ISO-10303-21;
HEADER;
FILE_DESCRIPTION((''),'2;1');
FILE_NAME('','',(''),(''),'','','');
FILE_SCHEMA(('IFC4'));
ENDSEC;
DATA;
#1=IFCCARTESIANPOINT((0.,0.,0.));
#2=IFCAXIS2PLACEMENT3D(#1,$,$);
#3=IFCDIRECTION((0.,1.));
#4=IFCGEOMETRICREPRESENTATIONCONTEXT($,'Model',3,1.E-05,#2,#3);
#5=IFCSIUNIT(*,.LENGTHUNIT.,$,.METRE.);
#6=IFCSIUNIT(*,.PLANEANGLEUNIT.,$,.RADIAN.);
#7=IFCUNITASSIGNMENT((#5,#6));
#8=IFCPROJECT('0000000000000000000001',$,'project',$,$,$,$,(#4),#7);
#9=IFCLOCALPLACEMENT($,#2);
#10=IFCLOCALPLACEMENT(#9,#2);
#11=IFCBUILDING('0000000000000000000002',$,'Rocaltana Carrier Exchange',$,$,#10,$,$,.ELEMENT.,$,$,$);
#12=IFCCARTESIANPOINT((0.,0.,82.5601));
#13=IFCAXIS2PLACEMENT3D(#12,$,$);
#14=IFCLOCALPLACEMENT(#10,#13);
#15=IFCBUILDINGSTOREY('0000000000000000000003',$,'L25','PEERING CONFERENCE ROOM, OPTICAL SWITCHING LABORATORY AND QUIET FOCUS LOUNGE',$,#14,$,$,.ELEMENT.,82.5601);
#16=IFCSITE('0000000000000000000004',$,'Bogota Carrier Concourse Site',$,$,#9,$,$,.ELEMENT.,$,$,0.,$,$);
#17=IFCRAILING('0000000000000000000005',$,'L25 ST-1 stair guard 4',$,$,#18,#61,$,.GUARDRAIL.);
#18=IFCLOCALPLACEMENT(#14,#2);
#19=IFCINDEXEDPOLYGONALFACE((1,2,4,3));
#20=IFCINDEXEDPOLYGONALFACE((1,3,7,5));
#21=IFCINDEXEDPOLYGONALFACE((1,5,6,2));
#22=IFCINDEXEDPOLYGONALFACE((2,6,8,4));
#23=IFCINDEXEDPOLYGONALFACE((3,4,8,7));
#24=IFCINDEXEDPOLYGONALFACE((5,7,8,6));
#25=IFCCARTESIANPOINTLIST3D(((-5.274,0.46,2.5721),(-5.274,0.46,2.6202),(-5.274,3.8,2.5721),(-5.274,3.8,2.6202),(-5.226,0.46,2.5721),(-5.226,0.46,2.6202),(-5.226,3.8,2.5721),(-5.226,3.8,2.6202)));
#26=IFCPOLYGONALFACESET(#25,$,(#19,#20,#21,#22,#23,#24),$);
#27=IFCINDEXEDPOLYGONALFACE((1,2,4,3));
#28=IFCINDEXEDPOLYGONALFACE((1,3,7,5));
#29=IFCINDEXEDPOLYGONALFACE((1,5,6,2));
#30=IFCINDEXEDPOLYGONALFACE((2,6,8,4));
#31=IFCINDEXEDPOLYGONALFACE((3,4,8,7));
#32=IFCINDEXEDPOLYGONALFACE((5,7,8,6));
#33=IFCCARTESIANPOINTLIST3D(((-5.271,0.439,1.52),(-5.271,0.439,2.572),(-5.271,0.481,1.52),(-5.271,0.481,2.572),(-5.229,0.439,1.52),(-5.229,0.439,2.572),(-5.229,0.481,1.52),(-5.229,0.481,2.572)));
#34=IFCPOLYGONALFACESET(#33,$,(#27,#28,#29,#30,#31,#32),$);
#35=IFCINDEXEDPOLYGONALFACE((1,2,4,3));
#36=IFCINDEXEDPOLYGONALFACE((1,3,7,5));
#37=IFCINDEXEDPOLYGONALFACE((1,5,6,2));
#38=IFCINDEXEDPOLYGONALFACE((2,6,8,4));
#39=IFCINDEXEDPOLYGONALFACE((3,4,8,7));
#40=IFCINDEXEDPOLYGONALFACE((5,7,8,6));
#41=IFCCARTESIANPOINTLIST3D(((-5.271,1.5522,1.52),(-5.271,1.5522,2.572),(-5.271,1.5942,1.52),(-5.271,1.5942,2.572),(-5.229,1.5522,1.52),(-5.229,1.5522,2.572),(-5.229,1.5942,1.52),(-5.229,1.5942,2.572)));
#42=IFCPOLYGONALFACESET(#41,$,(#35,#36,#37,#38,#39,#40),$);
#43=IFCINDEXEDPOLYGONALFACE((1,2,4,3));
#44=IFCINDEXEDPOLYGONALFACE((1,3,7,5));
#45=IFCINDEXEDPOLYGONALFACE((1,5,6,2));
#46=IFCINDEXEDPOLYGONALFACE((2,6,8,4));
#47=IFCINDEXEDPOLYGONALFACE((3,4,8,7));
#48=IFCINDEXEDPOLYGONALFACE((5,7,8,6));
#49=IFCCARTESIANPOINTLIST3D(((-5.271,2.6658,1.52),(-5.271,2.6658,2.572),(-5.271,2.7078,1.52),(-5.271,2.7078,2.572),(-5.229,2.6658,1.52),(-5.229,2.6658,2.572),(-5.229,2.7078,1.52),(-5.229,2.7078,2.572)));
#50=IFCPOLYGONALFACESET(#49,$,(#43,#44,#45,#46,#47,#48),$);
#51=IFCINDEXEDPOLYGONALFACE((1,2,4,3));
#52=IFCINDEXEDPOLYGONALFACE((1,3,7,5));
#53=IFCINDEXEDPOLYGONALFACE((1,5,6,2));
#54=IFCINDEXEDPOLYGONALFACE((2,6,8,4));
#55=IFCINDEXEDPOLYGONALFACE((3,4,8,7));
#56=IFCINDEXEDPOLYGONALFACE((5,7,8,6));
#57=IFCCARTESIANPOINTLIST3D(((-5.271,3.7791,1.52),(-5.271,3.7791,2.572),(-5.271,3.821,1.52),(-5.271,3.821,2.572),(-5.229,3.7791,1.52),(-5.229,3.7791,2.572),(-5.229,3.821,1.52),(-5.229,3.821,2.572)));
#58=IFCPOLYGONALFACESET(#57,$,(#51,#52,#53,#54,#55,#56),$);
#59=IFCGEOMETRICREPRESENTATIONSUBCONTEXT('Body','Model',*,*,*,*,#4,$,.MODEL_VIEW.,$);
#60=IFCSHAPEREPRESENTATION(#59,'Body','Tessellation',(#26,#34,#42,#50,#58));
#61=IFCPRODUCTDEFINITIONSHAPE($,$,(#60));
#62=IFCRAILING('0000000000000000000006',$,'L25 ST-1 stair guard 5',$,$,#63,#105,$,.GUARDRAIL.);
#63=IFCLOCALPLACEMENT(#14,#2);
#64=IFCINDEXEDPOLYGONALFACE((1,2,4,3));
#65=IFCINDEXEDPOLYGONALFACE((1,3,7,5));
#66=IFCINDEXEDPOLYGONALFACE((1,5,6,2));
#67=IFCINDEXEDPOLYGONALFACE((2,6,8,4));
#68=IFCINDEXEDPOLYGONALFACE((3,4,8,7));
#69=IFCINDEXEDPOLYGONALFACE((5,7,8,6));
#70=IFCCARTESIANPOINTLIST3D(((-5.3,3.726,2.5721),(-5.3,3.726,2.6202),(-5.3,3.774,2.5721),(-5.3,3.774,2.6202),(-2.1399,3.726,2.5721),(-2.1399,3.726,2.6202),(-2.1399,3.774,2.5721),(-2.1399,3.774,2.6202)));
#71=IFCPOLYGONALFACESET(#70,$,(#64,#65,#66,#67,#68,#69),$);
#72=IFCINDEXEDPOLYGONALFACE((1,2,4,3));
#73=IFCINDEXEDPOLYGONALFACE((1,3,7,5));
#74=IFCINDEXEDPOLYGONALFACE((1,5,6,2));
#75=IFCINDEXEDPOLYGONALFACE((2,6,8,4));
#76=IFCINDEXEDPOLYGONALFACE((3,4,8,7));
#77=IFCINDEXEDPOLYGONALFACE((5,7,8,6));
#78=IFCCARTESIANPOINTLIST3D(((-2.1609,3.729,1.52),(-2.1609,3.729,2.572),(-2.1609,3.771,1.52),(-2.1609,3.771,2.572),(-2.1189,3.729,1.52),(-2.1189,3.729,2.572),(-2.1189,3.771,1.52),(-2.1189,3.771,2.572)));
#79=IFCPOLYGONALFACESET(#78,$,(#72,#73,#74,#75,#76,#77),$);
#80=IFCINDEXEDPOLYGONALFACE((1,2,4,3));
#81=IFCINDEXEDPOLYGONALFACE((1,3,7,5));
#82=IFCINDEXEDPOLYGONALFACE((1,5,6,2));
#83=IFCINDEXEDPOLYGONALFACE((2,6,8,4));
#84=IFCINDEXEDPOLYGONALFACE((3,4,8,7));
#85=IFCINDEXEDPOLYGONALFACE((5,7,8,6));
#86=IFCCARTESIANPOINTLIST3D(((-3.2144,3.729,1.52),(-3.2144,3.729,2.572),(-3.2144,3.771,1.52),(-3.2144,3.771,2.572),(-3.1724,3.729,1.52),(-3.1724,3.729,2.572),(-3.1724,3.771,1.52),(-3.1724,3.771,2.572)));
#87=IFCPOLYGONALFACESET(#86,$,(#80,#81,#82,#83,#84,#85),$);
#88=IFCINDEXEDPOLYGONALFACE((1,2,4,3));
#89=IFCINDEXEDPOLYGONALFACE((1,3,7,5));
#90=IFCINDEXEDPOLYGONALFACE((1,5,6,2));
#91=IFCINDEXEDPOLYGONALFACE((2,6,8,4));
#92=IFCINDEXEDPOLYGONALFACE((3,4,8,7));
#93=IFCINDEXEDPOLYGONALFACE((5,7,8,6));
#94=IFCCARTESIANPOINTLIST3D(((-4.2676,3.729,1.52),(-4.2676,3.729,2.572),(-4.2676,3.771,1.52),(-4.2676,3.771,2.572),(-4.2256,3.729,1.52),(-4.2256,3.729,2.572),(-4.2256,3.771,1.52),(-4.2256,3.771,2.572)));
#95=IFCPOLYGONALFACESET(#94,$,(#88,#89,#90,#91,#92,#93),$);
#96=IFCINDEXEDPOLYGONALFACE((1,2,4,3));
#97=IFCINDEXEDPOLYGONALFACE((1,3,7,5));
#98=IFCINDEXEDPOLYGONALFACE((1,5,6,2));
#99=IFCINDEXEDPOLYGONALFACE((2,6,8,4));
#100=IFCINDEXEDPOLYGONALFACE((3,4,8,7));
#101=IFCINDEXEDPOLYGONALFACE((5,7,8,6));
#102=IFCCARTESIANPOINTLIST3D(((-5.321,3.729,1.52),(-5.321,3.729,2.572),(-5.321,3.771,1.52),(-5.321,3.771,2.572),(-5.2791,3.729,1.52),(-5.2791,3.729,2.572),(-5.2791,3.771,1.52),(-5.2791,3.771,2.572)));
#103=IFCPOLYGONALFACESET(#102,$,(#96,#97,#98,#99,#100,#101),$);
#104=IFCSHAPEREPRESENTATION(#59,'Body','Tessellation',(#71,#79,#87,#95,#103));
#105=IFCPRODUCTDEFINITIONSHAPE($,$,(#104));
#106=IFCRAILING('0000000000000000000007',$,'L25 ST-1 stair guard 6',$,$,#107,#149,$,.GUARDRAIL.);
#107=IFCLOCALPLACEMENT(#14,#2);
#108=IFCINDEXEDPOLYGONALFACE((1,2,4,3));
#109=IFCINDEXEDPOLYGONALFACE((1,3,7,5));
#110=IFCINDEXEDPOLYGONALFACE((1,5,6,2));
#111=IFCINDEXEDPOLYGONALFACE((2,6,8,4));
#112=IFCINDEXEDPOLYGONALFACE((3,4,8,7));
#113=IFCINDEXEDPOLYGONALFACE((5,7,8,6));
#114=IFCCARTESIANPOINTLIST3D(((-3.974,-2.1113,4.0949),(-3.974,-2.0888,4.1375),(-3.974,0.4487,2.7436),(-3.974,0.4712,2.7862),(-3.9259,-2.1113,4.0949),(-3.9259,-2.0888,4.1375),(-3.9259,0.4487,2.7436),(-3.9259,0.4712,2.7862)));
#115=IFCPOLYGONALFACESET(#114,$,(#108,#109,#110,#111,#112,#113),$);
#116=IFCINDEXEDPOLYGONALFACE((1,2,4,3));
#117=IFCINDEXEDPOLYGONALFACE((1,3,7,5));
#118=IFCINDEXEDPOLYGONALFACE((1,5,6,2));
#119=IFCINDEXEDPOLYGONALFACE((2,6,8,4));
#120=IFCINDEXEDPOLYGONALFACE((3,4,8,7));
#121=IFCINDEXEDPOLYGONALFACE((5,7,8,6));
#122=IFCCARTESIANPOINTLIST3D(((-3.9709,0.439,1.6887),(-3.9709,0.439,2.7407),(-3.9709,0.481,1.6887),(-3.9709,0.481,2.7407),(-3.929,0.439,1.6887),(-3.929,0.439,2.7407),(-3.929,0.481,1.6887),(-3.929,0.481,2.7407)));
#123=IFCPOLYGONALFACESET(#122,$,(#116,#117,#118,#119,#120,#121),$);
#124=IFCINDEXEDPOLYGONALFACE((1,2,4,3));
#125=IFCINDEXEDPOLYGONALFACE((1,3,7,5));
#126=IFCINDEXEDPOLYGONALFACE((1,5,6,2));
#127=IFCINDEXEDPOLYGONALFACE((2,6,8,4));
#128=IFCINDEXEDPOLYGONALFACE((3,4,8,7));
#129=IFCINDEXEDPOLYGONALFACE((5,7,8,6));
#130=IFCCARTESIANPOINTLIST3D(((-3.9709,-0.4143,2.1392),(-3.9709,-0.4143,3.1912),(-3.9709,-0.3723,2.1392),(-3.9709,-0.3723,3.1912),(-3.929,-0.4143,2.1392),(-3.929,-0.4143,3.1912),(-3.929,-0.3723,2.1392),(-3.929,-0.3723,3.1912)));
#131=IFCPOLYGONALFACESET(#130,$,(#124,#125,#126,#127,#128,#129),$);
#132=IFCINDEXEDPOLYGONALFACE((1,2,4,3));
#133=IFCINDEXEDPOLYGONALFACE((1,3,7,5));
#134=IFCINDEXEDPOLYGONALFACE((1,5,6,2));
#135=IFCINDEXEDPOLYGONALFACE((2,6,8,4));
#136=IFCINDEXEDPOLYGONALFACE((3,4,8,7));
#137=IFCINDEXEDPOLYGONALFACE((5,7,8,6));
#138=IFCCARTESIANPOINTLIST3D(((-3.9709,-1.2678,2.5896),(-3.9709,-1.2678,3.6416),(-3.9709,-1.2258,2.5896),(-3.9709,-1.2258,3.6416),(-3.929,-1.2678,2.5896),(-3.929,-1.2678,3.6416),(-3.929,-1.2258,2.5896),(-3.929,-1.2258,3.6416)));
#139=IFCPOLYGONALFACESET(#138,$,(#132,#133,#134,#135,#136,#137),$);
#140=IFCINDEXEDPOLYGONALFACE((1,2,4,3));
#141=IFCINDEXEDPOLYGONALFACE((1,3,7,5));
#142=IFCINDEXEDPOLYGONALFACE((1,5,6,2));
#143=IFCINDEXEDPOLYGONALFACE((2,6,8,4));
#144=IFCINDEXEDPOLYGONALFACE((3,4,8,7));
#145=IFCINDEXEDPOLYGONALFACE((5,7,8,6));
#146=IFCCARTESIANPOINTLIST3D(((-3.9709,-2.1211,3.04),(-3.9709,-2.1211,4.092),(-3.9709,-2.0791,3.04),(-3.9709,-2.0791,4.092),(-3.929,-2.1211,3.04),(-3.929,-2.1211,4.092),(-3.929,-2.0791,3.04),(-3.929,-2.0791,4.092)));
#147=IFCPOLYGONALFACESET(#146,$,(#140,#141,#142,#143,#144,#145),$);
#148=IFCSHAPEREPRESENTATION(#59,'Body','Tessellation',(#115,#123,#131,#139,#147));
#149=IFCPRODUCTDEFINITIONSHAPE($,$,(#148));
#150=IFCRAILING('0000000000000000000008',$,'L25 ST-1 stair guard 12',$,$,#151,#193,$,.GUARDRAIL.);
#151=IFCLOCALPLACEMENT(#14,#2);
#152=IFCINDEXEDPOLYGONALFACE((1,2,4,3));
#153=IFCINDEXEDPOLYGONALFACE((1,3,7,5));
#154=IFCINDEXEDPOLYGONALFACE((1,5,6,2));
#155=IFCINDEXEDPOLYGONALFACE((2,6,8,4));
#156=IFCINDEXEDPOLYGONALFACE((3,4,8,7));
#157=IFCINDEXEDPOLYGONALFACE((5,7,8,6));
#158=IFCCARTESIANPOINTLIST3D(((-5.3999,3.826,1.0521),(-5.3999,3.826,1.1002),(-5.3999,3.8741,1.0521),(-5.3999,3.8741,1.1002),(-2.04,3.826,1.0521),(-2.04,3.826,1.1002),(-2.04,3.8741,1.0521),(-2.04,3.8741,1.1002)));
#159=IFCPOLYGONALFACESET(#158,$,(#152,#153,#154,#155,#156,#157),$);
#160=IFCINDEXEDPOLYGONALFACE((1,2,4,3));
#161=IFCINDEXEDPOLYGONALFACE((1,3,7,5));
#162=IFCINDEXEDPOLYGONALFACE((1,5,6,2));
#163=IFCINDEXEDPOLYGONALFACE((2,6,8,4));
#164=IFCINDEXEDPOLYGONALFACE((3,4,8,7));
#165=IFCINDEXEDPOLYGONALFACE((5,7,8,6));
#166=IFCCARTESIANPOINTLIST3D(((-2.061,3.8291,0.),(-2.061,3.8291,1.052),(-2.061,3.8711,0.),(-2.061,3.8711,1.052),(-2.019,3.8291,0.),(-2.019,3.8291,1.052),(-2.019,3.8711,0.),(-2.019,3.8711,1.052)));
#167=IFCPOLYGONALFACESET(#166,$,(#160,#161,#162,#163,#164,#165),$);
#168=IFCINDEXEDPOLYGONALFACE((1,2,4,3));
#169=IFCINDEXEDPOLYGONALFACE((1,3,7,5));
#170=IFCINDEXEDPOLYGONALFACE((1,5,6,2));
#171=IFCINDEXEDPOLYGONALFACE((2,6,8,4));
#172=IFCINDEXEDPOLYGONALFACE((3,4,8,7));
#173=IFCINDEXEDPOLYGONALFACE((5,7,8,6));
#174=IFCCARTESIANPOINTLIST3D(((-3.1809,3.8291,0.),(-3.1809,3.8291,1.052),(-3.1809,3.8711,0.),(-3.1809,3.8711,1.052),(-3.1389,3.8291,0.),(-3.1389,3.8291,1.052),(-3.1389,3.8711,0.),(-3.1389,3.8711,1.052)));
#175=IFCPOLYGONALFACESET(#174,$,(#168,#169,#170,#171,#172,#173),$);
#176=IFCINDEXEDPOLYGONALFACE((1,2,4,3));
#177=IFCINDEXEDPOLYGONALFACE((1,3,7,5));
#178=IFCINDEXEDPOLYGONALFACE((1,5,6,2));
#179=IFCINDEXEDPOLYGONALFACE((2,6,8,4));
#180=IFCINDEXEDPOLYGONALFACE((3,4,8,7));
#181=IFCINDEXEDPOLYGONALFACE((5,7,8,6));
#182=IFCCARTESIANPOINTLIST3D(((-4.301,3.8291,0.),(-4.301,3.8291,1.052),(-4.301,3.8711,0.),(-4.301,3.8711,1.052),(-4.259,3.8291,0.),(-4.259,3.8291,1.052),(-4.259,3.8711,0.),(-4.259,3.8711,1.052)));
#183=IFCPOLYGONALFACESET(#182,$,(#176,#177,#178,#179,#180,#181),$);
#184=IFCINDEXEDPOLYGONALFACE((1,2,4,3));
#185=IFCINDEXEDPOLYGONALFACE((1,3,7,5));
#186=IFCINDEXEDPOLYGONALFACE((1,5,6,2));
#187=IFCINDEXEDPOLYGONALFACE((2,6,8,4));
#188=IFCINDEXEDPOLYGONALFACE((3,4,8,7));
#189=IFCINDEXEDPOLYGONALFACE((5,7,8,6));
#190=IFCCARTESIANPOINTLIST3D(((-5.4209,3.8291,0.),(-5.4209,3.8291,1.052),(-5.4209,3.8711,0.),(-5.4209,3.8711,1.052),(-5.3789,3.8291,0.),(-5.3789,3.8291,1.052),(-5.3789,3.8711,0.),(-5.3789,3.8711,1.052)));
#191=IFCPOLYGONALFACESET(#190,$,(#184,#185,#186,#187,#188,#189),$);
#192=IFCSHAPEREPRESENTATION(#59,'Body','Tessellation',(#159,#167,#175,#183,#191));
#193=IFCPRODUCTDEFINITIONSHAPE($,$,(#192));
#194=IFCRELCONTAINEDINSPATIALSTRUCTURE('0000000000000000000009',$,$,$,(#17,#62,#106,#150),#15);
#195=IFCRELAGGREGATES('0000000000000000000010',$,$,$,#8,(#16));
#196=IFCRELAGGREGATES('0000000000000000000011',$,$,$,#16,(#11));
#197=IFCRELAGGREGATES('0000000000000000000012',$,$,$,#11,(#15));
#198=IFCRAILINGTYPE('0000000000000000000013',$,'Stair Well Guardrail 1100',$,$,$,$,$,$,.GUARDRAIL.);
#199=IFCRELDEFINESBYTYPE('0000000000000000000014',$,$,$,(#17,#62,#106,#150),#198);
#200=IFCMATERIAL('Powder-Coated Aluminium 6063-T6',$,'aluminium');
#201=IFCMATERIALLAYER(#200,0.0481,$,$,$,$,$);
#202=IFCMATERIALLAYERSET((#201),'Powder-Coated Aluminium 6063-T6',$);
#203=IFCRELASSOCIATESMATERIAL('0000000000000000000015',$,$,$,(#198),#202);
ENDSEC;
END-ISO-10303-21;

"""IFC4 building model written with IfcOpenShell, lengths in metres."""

from ifc_helpers import new_model, si_unit, direction, frame, origin, origin_2d, place, context, subcontext, project, spatial, rectangle, extrude, material, layer, layer_set, type_object, element, save


model = new_model("IFC4")

# Units and contexts
model_context = context("Model", 3, precision=1e-05, world=origin(), true_north=direction((0.0, 1.0)))
body_context = subcontext(model_context, "Body", "Model", "MODEL_VIEW")
ifc_project = project(units=[si_unit("LENGTHUNIT", "METRE"), si_unit("PLANEANGLEUNIT", "RADIAN")], contexts=[model_context])

# Site, building, storey
site_placement = place(None, origin())
site = spatial("IfcSite", under=ifc_project, at=site_placement, Name="Bogota Carrier Concourse Site", CompositionType="ELEMENT", RefElevation=0.0)
building_placement = place(site_placement, origin())
building = spatial("IfcBuilding", under=site, at=building_placement, Name="Rocaltana Carrier Exchange", CompositionType="ELEMENT")
storey_placement = place(building_placement, frame((0.0, 0.0, 82.5601)))
storey = spatial("IfcBuildingStorey", under=building, at=storey_placement, Name="L25", Description="PEERING CONFERENCE ROOM, OPTICAL SWITCHING LABORATORY AND QUIET FOCUS LOUNGE", CompositionType="ELEMENT", Elevation=82.5601)

# Railings
ifc_material_1 = material(Name="Powder-Coated Aluminium 6063-T6", Category="aluminium")
ifc_layer_1 = layer(ifc_material_1, 0.0481)
ifc_layer_set_1 = layer_set([ifc_layer_1], Name="Powder-Coated Aluminium 6063-T6")
railing_type_1 = type_object("IfcRailingType", Name="Stair Well Guardrail 1100", PredefinedType="GUARDRAIL", material=ifc_layer_set_1)
for number, where, name in (
    (1, (-5.25, 0.46, 1.52), "L25 ST-1 stair guard 4"),
):
    element("IfcRailing", number, at=place(storey_placement, frame(where)), inside=storey, type_object=railing_type_1, Name=name, PredefinedType="GUARDRAIL", context=body_context, shape_type="SweptSolid", body=[
        extrude(rectangle(XDim=0.0481, YDim=0.0481, at=origin_2d()), frame((0.0, 0.0, 1.0762), z_axis=(0.0, 1.0, 0.0), x_axis=(-1.0, 0.0, 0.0)), (0.0, 0.0, 1.0), 3.3401),
        extrude(rectangle(XDim=0.042, YDim=0.042, at=origin_2d()), origin(), (0.0, 0.0, 1.0), 1.052),
        extrude(rectangle(XDim=0.042, YDim=0.042, at=origin_2d()), frame((0.0, 1.1133, 0.0)), (0.0, 0.0, 1.0), 1.052),
        extrude(rectangle(XDim=0.042, YDim=0.042, at=origin_2d()), frame((0.0, 2.2268, 0.0)), (0.0, 0.0, 1.0), 1.052),
        extrude(rectangle(XDim=0.042, YDim=0.042, at=origin_2d()), frame((0.0, 3.3401, 0.0)), (0.0, 0.0, 1.0), 1.052),
    ])
railing_1_placement = place(storey_placement, frame((-2.1399, 3.75, 1.52)))
element("IfcRailing", 2, at=railing_1_placement, inside=storey, type_object=railing_type_1, Name="L25 ST-1 stair guard 5", PredefinedType="GUARDRAIL", context=body_context, shape_type="SweptSolid", body=[
    extrude(rectangle(XDim=0.0481, YDim=0.0481, at=origin_2d()), frame((0.0, 0.0, 1.0762), z_axis=(-1.0, 0.0, 0.0), x_axis=(0.0, -1.0, 0.0)), (0.0, 0.0, 1.0), 3.1602),
    extrude(rectangle(XDim=0.042, YDim=0.042, at=origin_2d()), origin(), (0.0, 0.0, 1.0), 1.052),
    extrude(rectangle(XDim=0.042, YDim=0.042, at=origin_2d()), frame((-1.0535, 0.0, 0.0)), (0.0, 0.0, 1.0), 1.052),
    extrude(rectangle(XDim=0.042, YDim=0.042, at=origin_2d()), frame((-2.1067, 0.0, 0.0)), (0.0, 0.0, 1.0), 1.052),
    extrude(rectangle(XDim=0.042, YDim=0.042, at=origin_2d()), frame((-3.1602, 0.0, 0.0)), (0.0, 0.0, 1.0), 1.052),
])
railing_2_placement = place(storey_placement, frame((-3.95, 0.46, 1.6887)))
element("IfcRailing", 3, at=railing_2_placement, inside=storey, type_object=railing_type_1, Name="L25 ST-1 stair guard 6", PredefinedType="GUARDRAIL", context=body_context, shape_type="SweptSolid", body=[
    extrude(rectangle(XDim=0.0481, YDim=0.0481, at=origin_2d()), frame((0.0, 0.0, 1.0762), z_axis=(0.0, -0.88436, 0.466806), x_axis=(1.0, 0.0, 0.0)), (0.0, 0.0, 1.0), 2.8948),
    extrude(rectangle(XDim=0.042, YDim=0.042, at=origin_2d()), origin(), (0.0, 0.0, 1.0), 1.052),
    extrude(rectangle(XDim=0.042, YDim=0.042, at=origin_2d()), frame((0.0, -0.8533, 0.4504)), (0.0, 0.0, 1.0), 1.052),
    extrude(rectangle(XDim=0.042, YDim=0.042, at=origin_2d()), frame((0.0, -1.7068, 0.9009)), (0.0, 0.0, 1.0), 1.052),
    extrude(rectangle(XDim=0.042, YDim=0.042, at=origin_2d()), frame((0.0, -2.5601, 1.3513)), (0.0, 0.0, 1.0), 1.052),
])
railing_3_placement = place(storey_placement, frame((-2.04, 3.8501, 0.0)))
element("IfcRailing", 4, at=railing_3_placement, inside=storey, type_object=railing_type_1, Name="L25 ST-1 stair guard 12", PredefinedType="GUARDRAIL", context=body_context, shape_type="SweptSolid", body=[
    extrude(rectangle(XDim=0.0481, YDim=0.0481, at=origin_2d()), frame((0.0, 0.0, 1.0762), z_axis=(-1.0, 0.0, 0.0), x_axis=(0.0, -1.0, 0.0)), (0.0, 0.0, 1.0), 3.3599),
    extrude(rectangle(XDim=0.042, YDim=0.042, at=origin_2d()), origin(), (0.0, 0.0, 1.0), 1.052),
    extrude(rectangle(XDim=0.042, YDim=0.042, at=origin_2d()), frame((-1.1199, 0.0, 0.0)), (0.0, 0.0, 1.0), 1.052),
    extrude(rectangle(XDim=0.042, YDim=0.042, at=origin_2d()), frame((-2.24, 0.0, 0.0)), (0.0, 0.0, 1.0), 1.052),
    extrude(rectangle(XDim=0.042, YDim=0.042, at=origin_2d()), frame((-3.3599, 0.0, 0.0)), (0.0, 0.0, 1.0), 1.052),
])

save(model, "model.ifc")
